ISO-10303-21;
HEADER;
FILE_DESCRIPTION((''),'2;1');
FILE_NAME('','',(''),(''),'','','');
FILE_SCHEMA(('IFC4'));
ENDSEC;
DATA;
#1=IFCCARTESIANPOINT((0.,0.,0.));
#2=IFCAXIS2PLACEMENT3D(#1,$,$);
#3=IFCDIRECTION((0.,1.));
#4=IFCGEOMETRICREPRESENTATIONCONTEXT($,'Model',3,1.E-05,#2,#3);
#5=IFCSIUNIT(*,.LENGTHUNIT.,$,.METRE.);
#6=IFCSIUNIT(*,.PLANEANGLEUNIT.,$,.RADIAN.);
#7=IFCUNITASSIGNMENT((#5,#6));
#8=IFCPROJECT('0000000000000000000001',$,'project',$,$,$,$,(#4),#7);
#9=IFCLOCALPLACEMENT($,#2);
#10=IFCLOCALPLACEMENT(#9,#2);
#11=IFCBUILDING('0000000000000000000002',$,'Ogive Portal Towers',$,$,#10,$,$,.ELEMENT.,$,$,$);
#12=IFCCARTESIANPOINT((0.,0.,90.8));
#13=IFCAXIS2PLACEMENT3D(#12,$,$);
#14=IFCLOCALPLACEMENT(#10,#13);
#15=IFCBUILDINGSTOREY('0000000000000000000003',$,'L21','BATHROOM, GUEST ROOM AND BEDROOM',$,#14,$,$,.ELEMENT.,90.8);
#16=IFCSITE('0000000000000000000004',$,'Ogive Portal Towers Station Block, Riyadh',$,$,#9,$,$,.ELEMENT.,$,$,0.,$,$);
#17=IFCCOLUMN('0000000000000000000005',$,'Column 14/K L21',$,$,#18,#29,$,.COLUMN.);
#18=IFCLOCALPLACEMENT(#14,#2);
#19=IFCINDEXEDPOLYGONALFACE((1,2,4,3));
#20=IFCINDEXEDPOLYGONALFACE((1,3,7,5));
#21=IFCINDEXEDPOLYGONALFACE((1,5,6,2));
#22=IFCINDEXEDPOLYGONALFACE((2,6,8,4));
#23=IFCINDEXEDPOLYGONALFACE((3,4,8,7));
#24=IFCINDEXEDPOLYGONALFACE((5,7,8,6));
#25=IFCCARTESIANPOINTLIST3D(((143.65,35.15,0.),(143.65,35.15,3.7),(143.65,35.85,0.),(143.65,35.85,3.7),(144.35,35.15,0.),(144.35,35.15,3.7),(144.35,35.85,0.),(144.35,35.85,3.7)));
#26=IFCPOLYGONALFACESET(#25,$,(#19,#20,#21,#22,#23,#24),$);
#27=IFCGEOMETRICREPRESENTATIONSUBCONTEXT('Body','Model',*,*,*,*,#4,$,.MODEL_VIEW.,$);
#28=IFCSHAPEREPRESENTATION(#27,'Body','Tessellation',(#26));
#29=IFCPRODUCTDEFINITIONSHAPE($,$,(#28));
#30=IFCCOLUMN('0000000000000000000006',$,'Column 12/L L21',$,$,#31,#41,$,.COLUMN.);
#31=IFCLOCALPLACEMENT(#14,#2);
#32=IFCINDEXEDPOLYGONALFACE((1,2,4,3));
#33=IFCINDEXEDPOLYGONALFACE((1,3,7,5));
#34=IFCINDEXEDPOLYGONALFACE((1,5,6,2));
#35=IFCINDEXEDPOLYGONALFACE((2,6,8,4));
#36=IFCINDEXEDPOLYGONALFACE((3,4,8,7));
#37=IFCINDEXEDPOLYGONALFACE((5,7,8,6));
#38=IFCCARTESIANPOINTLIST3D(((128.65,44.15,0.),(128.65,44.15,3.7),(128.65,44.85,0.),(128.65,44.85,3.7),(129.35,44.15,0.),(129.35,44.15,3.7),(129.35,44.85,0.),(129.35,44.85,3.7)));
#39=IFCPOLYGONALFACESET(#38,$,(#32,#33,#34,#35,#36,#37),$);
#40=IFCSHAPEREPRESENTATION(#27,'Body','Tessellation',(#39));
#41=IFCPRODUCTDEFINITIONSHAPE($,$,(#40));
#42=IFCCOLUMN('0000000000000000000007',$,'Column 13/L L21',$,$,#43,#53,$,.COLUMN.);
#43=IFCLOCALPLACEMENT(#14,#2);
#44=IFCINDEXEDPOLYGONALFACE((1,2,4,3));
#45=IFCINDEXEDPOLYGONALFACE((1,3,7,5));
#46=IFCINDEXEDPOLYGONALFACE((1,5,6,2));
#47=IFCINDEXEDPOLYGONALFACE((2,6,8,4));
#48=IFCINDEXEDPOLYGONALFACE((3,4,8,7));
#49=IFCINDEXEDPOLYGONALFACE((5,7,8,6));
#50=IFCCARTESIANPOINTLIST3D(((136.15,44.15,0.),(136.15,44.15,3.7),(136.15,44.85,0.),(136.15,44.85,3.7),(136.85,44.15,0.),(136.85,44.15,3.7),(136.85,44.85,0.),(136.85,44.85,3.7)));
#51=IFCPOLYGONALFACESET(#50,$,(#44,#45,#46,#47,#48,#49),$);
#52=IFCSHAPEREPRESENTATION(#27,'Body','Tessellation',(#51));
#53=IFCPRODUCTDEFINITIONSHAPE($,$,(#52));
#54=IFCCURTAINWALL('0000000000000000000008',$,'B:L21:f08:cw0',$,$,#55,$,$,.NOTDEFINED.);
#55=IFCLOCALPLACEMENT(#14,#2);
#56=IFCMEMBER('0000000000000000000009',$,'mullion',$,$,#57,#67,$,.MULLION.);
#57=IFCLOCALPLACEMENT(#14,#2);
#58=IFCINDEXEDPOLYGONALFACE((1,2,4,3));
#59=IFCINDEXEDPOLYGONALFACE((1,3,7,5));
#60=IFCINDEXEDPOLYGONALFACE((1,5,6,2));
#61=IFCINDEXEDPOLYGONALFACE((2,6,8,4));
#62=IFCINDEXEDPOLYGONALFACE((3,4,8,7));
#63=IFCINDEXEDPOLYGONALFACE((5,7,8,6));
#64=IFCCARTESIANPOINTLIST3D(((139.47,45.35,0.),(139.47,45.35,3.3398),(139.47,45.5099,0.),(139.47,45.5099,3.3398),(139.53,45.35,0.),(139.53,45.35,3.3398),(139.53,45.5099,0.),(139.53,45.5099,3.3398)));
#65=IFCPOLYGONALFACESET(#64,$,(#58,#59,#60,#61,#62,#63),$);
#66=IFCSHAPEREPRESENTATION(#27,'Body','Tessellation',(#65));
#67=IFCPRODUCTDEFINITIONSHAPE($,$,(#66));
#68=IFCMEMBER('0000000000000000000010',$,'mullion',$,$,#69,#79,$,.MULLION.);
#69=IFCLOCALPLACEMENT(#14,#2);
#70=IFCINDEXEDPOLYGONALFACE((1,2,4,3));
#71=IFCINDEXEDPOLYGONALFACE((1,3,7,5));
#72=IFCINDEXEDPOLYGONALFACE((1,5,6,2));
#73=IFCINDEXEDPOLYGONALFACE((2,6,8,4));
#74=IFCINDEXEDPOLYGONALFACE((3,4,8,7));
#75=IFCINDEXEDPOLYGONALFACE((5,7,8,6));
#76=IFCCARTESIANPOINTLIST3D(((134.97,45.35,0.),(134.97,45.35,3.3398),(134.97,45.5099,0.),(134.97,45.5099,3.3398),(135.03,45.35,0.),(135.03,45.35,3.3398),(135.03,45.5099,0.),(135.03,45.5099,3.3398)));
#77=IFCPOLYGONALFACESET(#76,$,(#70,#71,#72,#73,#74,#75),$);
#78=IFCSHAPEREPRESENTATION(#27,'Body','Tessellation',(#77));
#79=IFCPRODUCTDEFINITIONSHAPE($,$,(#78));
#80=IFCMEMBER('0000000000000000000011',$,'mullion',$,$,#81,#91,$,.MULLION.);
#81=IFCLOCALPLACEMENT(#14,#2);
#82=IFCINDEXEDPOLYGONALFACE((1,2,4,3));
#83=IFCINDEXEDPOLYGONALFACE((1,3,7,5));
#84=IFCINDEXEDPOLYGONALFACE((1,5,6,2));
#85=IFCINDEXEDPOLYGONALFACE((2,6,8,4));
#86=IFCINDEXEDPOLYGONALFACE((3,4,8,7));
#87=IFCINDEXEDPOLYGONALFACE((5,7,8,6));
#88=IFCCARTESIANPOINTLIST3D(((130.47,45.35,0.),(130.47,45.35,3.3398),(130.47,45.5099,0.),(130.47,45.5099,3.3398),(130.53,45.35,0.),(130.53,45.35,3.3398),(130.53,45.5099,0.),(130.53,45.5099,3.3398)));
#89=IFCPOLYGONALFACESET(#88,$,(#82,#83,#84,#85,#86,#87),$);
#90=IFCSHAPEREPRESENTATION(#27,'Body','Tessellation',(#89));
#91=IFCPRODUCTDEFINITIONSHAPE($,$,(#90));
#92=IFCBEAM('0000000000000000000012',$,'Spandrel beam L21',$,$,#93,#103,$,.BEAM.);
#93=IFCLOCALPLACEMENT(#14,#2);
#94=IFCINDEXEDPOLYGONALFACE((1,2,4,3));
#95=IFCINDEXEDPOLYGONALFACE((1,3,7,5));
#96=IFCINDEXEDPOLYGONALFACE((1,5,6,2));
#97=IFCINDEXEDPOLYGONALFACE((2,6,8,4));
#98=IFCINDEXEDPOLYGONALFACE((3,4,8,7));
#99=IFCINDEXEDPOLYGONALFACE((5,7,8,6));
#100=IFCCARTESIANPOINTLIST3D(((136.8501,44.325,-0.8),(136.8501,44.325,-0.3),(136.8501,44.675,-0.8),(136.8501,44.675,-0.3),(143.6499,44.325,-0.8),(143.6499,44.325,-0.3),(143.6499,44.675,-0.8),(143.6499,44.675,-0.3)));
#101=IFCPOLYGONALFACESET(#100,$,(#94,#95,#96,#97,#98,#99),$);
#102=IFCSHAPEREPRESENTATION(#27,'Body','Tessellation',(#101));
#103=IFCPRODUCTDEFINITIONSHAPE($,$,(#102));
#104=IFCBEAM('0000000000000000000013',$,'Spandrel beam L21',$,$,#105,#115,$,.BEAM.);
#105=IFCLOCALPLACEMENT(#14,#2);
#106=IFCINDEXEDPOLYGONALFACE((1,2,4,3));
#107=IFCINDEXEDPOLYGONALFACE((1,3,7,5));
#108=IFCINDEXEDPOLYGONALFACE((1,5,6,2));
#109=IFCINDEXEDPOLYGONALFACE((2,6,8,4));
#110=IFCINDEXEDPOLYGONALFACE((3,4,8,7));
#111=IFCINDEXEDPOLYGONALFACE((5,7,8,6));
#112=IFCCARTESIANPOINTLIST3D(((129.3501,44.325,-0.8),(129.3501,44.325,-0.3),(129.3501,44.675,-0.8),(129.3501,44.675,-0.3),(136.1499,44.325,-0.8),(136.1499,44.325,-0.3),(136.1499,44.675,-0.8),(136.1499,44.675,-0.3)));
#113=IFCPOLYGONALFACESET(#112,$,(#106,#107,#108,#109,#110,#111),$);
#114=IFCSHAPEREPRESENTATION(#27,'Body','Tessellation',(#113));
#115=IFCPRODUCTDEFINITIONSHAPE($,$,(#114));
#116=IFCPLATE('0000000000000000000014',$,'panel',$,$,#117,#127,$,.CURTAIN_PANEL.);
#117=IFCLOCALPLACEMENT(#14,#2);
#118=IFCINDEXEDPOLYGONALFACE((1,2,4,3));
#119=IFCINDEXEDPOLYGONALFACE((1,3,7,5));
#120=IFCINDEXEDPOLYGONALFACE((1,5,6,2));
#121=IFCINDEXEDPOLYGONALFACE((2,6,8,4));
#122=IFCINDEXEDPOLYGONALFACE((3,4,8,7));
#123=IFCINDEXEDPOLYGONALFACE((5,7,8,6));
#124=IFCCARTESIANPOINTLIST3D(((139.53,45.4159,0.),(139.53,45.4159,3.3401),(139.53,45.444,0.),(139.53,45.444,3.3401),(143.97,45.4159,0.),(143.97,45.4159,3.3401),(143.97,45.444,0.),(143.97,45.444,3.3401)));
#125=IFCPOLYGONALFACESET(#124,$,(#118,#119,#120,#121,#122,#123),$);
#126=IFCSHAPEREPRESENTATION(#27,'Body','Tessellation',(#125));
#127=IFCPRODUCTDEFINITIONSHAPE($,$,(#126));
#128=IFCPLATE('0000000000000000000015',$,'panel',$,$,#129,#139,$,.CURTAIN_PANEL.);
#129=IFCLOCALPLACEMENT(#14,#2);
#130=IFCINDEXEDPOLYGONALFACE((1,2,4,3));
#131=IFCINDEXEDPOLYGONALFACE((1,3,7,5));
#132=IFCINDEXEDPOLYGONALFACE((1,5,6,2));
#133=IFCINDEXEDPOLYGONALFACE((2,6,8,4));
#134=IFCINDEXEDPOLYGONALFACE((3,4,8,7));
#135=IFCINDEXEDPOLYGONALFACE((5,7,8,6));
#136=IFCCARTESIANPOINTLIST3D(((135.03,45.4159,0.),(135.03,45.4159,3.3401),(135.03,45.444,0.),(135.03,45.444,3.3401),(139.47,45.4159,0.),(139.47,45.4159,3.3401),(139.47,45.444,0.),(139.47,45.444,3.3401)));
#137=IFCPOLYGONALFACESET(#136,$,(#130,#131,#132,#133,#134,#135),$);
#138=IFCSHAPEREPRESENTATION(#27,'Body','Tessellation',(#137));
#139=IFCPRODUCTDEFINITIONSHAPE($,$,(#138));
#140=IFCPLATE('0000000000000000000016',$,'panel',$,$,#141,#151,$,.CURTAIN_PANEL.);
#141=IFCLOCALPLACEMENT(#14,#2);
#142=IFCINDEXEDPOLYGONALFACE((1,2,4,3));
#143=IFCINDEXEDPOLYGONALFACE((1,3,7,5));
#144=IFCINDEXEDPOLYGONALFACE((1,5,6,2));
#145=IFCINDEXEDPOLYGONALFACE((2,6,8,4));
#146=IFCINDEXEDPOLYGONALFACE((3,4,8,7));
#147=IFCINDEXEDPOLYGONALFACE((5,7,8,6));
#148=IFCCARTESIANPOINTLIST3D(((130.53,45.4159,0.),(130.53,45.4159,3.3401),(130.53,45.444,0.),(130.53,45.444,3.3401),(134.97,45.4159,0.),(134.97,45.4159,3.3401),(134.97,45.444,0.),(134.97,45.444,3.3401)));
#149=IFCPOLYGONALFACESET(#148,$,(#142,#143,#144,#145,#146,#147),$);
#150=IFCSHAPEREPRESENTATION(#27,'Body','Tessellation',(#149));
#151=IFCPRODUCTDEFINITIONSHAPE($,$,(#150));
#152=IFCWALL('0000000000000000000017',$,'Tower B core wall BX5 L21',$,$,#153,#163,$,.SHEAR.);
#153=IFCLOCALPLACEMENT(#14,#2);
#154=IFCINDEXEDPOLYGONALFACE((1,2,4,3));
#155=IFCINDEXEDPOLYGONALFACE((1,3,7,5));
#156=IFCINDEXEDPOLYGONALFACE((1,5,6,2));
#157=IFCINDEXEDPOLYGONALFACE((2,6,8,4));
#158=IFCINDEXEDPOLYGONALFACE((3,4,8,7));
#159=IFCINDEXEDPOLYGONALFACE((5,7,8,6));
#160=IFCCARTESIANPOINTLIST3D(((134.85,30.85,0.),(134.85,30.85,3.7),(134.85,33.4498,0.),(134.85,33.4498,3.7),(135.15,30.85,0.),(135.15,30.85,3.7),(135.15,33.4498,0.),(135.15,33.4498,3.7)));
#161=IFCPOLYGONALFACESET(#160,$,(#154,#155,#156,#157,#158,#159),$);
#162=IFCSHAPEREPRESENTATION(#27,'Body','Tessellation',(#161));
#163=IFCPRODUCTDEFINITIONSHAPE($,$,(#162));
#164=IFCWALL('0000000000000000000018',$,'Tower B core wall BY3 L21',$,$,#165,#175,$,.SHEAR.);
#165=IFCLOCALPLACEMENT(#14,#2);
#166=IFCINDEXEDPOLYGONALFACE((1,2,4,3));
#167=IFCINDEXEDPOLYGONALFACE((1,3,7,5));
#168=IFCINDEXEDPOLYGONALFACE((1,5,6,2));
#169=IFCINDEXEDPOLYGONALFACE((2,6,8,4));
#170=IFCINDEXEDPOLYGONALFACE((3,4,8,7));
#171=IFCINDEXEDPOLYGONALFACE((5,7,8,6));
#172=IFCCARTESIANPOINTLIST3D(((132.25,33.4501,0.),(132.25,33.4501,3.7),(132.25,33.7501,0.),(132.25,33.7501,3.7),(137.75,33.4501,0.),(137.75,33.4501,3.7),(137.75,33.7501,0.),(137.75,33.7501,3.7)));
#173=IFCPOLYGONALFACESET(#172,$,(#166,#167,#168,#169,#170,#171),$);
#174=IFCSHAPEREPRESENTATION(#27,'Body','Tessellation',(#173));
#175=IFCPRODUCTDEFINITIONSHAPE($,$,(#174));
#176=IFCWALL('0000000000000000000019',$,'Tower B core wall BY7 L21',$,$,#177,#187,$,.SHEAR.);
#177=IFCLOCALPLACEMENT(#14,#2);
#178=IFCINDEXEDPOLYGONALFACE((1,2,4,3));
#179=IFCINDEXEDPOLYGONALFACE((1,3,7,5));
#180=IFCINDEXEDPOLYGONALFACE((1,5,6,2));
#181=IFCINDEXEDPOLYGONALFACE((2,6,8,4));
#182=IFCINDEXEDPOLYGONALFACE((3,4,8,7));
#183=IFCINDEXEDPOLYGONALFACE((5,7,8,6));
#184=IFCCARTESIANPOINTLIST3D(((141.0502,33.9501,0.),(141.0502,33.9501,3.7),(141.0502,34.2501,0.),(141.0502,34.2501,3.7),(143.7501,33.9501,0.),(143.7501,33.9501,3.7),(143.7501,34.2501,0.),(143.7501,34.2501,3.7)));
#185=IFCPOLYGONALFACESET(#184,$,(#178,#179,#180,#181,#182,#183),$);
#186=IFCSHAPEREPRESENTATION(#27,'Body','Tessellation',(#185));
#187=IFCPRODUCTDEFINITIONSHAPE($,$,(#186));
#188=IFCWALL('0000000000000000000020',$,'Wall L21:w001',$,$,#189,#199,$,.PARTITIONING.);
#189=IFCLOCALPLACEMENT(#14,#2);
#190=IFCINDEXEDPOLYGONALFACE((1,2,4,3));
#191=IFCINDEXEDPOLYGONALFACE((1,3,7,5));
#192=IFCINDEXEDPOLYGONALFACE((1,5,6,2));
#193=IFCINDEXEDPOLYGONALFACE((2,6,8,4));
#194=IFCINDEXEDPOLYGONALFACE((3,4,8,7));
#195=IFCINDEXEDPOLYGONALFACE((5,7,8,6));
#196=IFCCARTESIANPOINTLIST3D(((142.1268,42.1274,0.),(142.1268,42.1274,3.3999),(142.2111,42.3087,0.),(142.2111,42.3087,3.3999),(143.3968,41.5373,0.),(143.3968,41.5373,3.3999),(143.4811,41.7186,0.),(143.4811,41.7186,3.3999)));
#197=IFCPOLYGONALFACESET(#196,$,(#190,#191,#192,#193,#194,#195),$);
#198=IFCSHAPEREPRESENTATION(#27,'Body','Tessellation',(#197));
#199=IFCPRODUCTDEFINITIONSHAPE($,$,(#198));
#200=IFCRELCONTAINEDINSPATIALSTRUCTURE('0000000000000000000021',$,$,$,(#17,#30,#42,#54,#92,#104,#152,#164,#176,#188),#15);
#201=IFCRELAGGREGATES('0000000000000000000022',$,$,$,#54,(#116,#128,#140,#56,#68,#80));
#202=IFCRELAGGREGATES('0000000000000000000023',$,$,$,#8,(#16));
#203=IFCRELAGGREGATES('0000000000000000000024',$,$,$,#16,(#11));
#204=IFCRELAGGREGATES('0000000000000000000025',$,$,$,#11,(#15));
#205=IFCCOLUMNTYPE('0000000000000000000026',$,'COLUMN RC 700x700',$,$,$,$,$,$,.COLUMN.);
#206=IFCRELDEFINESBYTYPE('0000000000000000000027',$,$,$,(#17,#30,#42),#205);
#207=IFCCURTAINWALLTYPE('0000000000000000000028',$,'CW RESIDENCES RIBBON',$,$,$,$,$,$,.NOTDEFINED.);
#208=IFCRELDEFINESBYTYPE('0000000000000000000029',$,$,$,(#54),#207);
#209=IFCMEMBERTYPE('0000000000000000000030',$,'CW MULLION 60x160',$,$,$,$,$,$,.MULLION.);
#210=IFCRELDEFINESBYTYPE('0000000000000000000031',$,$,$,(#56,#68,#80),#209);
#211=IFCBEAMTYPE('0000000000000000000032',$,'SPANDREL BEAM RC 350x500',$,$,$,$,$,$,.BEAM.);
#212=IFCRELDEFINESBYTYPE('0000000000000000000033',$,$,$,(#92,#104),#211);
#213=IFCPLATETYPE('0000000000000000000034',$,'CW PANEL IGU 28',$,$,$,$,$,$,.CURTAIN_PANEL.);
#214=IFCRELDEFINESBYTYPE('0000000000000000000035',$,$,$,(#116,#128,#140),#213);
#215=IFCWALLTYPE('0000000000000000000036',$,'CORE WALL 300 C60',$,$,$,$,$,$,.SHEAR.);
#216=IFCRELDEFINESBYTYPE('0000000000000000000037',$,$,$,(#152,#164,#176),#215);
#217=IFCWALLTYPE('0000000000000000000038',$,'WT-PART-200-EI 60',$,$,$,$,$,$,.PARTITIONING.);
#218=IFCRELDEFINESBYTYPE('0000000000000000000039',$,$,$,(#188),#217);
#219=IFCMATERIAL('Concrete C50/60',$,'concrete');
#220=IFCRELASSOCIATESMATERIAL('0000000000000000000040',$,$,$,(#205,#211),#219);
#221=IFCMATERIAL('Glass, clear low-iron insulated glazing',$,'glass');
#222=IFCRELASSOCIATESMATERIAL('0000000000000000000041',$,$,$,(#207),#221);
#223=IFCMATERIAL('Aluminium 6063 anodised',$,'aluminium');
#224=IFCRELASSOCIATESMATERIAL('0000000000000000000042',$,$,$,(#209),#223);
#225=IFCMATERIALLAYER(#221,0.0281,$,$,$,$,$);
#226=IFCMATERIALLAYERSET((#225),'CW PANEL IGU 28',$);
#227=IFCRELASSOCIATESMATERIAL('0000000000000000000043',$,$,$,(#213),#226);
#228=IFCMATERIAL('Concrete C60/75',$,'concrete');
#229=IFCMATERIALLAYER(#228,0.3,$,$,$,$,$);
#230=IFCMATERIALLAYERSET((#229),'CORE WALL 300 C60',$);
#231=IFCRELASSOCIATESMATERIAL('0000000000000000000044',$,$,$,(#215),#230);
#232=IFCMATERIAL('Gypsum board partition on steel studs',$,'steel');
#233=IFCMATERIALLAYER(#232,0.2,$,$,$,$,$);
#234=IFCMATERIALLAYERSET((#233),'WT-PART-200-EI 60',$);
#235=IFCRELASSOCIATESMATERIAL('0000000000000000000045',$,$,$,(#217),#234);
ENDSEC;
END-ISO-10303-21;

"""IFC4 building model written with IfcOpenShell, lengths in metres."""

from ifc_helpers import new_model, si_unit, direction, frame, frame_2d, origin, origin_2d, place, context, subcontext, project, spatial, rectangle, extrude, material, layer, layer_set, material_profile, profile_set, type_object, element, aggregate, save


model = new_model("IFC4")

# Units and contexts
model_context = context("Model", 3, precision=1e-05, world=origin(), true_north=direction((0.0, 1.0)))
body_context = subcontext(model_context, "Body", "Model", "MODEL_VIEW")
ifc_project = project(units=[si_unit("LENGTHUNIT", "METRE"), si_unit("PLANEANGLEUNIT", "RADIAN")], contexts=[model_context])

# Site, building, storey
site_placement = place(None, origin())
site = spatial("IfcSite", under=ifc_project, at=site_placement, Name="Ogive Portal Towers Station Block, Riyadh", CompositionType="ELEMENT", RefElevation=0.0)
building_placement = place(site_placement, origin())
building = spatial("IfcBuilding", under=site, at=building_placement, Name="Ogive Portal Towers", CompositionType="ELEMENT")
storey_placement = place(building_placement, frame((0.0, 0.0, 90.8)))
storey = spatial("IfcBuildingStorey", under=building, at=storey_placement, Name="L21", Description="BATHROOM, GUEST ROOM AND BEDROOM", CompositionType="ELEMENT", Elevation=90.8)

# Columns
ifc_material_1 = material(Name="Concrete C50/60", Category="concrete")
ifc_material_profile_1 = material_profile(ifc_material_1, rectangle(XDim=0.7, YDim=0.7, at=origin_2d()), Name="RC 700x700")
ifc_profile_set_1 = profile_set([ifc_material_profile_1], Name="Concrete C50/60")
column_type = type_object("IfcColumnType", Name="COLUMN RC 700x700", PredefinedType="COLUMN", material=ifc_profile_set_1)
for number, where, z_axis, x_axis, name in (
    (1, (144.0, 35.5, 0.0), (0.0, 0.0, 1.0), (1.0, 0.0, 0.0), "Column 14/K L21"),
    (2, (129.0, 44.5, 0.0), (0.0, 0.0, 1.0), (1.0, 0.0, 0.0), "Column 12/L L21"),
    (3, (136.5, 44.5, 0.0), (0.0, 0.0, 1.0), (1.0, 0.0, 0.0), "Column 13/L L21"),
):
    element("IfcColumn", number, at=place(storey_placement, frame(where, z_axis=z_axis, x_axis=x_axis)), inside=storey, type_object=column_type, Name=name, PredefinedType="COLUMN", context=body_context, shape_type="SweptSolid", body=[
        extrude(rectangle(XDim=0.7, YDim=0.7, at=origin_2d()), origin(), (0.0, 0.0, 1.0), 3.7),
    ])

# Curtain wall, members
ifc_material_2 = material(Name="Glass, clear low-iron insulated glazing", Category="glass")
curtain_wall_type = type_object("IfcCurtainWallType", Name="CW RESIDENCES RIBBON", PredefinedType="NOTDEFINED", material=ifc_material_2)
curtain_wall_placement = place(storey_placement, origin())
curtain_wall = element("IfcCurtainWall", 4, at=curtain_wall_placement, inside=storey, type_object=curtain_wall_type, Name="B:L21:f08:cw0", PredefinedType="NOTDEFINED")
ifc_material_3 = material(Name="Aluminium 6063 anodised", Category="aluminium")
ifc_material_profile_2 = material_profile(ifc_material_3, rectangle(XDim=0.1599, YDim=0.0601, at=origin_2d()), Name="AL 60x160")
ifc_profile_set_2 = profile_set([ifc_material_profile_2], Name="Aluminium 6063 anodised")
member_type = type_object("IfcMemberType", Name="CW MULLION 60x160", PredefinedType="MULLION", material=ifc_profile_set_2)
member_1_placement = place(storey_placement, frame((139.5, 45.4299, 0.0), z_axis=(0.0, 0.0, 1.0), x_axis=(0.0, -1.0, 0.0)))
member_1 = element("IfcMember", 5, at=member_1_placement, type_object=member_type, Name="mullion", PredefinedType="MULLION", context=body_context, shape_type="SweptSolid", body=[
    extrude(rectangle(XDim=0.1599, YDim=0.0601, at=origin_2d()), origin(), (0.0, 0.0, 1.0), 3.3398),
])
member_2_placement = place(storey_placement, frame((135.0, 45.4299, 0.0), z_axis=(0.0, 0.0, 1.0), x_axis=(0.0, -1.0, 0.0)))
member_2 = element("IfcMember", 6, at=member_2_placement, type_object=member_type, Name="mullion", PredefinedType="MULLION", context=body_context, shape_type="SweptSolid", body=[
    extrude(rectangle(XDim=0.1599, YDim=0.0601, at=origin_2d()), origin(), (0.0, 0.0, 1.0), 3.3398),
])
member_3_placement = place(storey_placement, frame((130.5, 45.4299, 0.0), z_axis=(0.0, 0.0, 1.0), x_axis=(0.0, -1.0, 0.0)))
member_3 = element("IfcMember", 7, at=member_3_placement, type_object=member_type, Name="mullion", PredefinedType="MULLION", context=body_context, shape_type="SweptSolid", body=[
    extrude(rectangle(XDim=0.1599, YDim=0.0601, at=origin_2d()), origin(), (0.0, 0.0, 1.0), 3.3398),
])

# Beams
ifc_material_profile_3 = material_profile(ifc_material_1, rectangle(XDim=0.3501, YDim=0.5, at=origin_2d()), Name="RC 350x500")
ifc_profile_set_3 = profile_set([ifc_material_profile_3], Name="Concrete C50/60")
beam_type = type_object("IfcBeamType", Name="SPANDREL BEAM RC 350x500", PredefinedType="BEAM", material=ifc_profile_set_3)
for number, where, z_axis, x_axis, name in (
    (8, (143.6499, 44.5, -0.55), (-1.0, 0.0, 0.0), (0.0, -1.0, 0.0), "Spandrel beam L21"),
    (9, (136.1499, 44.5, -0.55), (-1.0, 0.0, 0.0), (0.0, -1.0, 0.0), "Spandrel beam L21"),
):
    element("IfcBeam", number, at=place(storey_placement, frame(where, z_axis=z_axis, x_axis=x_axis)), inside=storey, type_object=beam_type, Name=name, PredefinedType="BEAM", context=body_context, shape_type="SweptSolid", body=[
        extrude(rectangle(XDim=0.3501, YDim=0.5, at=origin_2d()), origin(), (0.0, 0.0, 1.0), 6.7998),
    ])

# Plates
ifc_layer_1 = layer(ifc_material_2, 0.0281)
ifc_layer_set_1 = layer_set([ifc_layer_1], Name="CW PANEL IGU 28")
plate_type = type_object("IfcPlateType", Name="CW PANEL IGU 28", PredefinedType="CURTAIN_PANEL", material=ifc_layer_set_1)
plate_1_placement = place(storey_placement, frame((141.75, 45.4299, 0.0), z_axis=(0.0, 0.0, 1.0), x_axis=(-1.0, 0.0, 0.0)))
plate_1 = element("IfcPlate", 10, at=plate_1_placement, type_object=plate_type, Name="panel", PredefinedType="CURTAIN_PANEL", context=body_context, shape_type="SweptSolid", body=[
    extrude(rectangle(XDim=4.4399, YDim=0.0281, at=origin_2d()), origin(), (0.0, 0.0, 1.0), 3.3401),
])
plate_2_placement = place(storey_placement, frame((137.25, 45.4299, 0.0), z_axis=(0.0, 0.0, 1.0), x_axis=(-1.0, 0.0, 0.0)))
plate_2 = element("IfcPlate", 11, at=plate_2_placement, type_object=plate_type, Name="panel", PredefinedType="CURTAIN_PANEL", context=body_context, shape_type="SweptSolid", body=[
    extrude(rectangle(XDim=4.4399, YDim=0.0281, at=origin_2d()), origin(), (0.0, 0.0, 1.0), 3.3401),
])
plate_3_placement = place(storey_placement, frame((132.75, 45.4299, 0.0), z_axis=(0.0, 0.0, 1.0), x_axis=(-1.0, 0.0, 0.0)))
plate_3 = element("IfcPlate", 12, at=plate_3_placement, type_object=plate_type, Name="panel", PredefinedType="CURTAIN_PANEL", context=body_context, shape_type="SweptSolid", body=[
    extrude(rectangle(XDim=4.4399, YDim=0.0281, at=origin_2d()), origin(), (0.0, 0.0, 1.0), 3.3401),
])
aggregate(curtain_wall, [plate_1, plate_2, plate_3, member_1, member_2, member_3])

# Wall
ifc_material_4 = material(Name="Concrete C60/75", Category="concrete")
ifc_layer_2 = layer(ifc_material_4, 0.3)
ifc_layer_set_2 = layer_set([ifc_layer_2], Name="CORE WALL 300 C60")
wall_type_1 = type_object("IfcWallType", Name="CORE WALL 300 C60", PredefinedType="SHEAR", material=ifc_layer_set_2)
wall_1_placement = place(storey_placement, frame((135.0, 30.8501, 0.0), z_axis=(0.0, 0.0, 1.0), x_axis=(0.0, 1.0, 0.0)))
element("IfcWall", 13, at=wall_1_placement, inside=storey, type_object=wall_type_1, Name="Tower B core wall BX5 L21", PredefinedType="SHEAR", context=body_context, shape_type="SweptSolid", body=[
    extrude(rectangle(XDim=2.5999, YDim=0.3, at=frame_2d((1.2998, 0.0))), origin(), (0.0, 0.0, 1.0), 3.7),
])

# Wall
wall_2_placement = place(storey_placement, frame((132.25, 33.6001, 0.0), z_axis=(0.0, 0.0, 1.0), x_axis=(1.0, 0.0, 0.0)))
element("IfcWall", 14, at=wall_2_placement, inside=storey, type_object=wall_type_1, Name="Tower B core wall BY3 L21", PredefinedType="SHEAR", context=body_context, shape_type="SweptSolid", body=[
    extrude(rectangle(XDim=5.5, YDim=0.3, at=frame_2d((2.75, 0.0))), origin(), (0.0, 0.0, 1.0), 3.7),
])

# Walls
wall_3_placement = place(storey_placement, frame((141.05, 34.1001, 0.0), z_axis=(0.0, 0.0, 1.0), x_axis=(1.0, 0.0, 0.0)))
element("IfcWall", 15, at=wall_3_placement, inside=storey, type_object=wall_type_1, Name="Tower B core wall BY7 L21", PredefinedType="SHEAR", context=body_context, shape_type="SweptSolid", body=[
    extrude(rectangle(XDim=2.7, YDim=0.3, at=frame_2d((1.3501, 0.0))), origin(), (0.0, 0.0, 1.0), 3.7),
])
ifc_material_5 = material(Name="Gypsum board partition on steel studs", Category="steel")
ifc_layer_3 = layer(ifc_material_5, 0.2)
ifc_layer_set_3 = layer_set([ifc_layer_3], Name="WT-PART-200-EI 60")
wall_type_2 = type_object("IfcWallType", Name="WT-PART-200-EI 60", PredefinedType="PARTITIONING", material=ifc_layer_set_3)
wall_4_placement = place(storey_placement, frame((142.1689, 42.218, 0.0), z_axis=(0.0, 0.0, 1.0), x_axis=(0.90689, -0.421367, 0.0)))
element("IfcWall", 16, at=wall_4_placement, inside=storey, type_object=wall_type_2, Name="Wall L21:w001", PredefinedType="PARTITIONING", context=body_context, shape_type="SweptSolid", body=[
    extrude(rectangle(XDim=1.4004, YDim=0.2, at=frame_2d((0.7002, 0.0))), origin(), (0.0, 0.0, 1.0), 3.3999),
])

save(model, "model.ifc")
